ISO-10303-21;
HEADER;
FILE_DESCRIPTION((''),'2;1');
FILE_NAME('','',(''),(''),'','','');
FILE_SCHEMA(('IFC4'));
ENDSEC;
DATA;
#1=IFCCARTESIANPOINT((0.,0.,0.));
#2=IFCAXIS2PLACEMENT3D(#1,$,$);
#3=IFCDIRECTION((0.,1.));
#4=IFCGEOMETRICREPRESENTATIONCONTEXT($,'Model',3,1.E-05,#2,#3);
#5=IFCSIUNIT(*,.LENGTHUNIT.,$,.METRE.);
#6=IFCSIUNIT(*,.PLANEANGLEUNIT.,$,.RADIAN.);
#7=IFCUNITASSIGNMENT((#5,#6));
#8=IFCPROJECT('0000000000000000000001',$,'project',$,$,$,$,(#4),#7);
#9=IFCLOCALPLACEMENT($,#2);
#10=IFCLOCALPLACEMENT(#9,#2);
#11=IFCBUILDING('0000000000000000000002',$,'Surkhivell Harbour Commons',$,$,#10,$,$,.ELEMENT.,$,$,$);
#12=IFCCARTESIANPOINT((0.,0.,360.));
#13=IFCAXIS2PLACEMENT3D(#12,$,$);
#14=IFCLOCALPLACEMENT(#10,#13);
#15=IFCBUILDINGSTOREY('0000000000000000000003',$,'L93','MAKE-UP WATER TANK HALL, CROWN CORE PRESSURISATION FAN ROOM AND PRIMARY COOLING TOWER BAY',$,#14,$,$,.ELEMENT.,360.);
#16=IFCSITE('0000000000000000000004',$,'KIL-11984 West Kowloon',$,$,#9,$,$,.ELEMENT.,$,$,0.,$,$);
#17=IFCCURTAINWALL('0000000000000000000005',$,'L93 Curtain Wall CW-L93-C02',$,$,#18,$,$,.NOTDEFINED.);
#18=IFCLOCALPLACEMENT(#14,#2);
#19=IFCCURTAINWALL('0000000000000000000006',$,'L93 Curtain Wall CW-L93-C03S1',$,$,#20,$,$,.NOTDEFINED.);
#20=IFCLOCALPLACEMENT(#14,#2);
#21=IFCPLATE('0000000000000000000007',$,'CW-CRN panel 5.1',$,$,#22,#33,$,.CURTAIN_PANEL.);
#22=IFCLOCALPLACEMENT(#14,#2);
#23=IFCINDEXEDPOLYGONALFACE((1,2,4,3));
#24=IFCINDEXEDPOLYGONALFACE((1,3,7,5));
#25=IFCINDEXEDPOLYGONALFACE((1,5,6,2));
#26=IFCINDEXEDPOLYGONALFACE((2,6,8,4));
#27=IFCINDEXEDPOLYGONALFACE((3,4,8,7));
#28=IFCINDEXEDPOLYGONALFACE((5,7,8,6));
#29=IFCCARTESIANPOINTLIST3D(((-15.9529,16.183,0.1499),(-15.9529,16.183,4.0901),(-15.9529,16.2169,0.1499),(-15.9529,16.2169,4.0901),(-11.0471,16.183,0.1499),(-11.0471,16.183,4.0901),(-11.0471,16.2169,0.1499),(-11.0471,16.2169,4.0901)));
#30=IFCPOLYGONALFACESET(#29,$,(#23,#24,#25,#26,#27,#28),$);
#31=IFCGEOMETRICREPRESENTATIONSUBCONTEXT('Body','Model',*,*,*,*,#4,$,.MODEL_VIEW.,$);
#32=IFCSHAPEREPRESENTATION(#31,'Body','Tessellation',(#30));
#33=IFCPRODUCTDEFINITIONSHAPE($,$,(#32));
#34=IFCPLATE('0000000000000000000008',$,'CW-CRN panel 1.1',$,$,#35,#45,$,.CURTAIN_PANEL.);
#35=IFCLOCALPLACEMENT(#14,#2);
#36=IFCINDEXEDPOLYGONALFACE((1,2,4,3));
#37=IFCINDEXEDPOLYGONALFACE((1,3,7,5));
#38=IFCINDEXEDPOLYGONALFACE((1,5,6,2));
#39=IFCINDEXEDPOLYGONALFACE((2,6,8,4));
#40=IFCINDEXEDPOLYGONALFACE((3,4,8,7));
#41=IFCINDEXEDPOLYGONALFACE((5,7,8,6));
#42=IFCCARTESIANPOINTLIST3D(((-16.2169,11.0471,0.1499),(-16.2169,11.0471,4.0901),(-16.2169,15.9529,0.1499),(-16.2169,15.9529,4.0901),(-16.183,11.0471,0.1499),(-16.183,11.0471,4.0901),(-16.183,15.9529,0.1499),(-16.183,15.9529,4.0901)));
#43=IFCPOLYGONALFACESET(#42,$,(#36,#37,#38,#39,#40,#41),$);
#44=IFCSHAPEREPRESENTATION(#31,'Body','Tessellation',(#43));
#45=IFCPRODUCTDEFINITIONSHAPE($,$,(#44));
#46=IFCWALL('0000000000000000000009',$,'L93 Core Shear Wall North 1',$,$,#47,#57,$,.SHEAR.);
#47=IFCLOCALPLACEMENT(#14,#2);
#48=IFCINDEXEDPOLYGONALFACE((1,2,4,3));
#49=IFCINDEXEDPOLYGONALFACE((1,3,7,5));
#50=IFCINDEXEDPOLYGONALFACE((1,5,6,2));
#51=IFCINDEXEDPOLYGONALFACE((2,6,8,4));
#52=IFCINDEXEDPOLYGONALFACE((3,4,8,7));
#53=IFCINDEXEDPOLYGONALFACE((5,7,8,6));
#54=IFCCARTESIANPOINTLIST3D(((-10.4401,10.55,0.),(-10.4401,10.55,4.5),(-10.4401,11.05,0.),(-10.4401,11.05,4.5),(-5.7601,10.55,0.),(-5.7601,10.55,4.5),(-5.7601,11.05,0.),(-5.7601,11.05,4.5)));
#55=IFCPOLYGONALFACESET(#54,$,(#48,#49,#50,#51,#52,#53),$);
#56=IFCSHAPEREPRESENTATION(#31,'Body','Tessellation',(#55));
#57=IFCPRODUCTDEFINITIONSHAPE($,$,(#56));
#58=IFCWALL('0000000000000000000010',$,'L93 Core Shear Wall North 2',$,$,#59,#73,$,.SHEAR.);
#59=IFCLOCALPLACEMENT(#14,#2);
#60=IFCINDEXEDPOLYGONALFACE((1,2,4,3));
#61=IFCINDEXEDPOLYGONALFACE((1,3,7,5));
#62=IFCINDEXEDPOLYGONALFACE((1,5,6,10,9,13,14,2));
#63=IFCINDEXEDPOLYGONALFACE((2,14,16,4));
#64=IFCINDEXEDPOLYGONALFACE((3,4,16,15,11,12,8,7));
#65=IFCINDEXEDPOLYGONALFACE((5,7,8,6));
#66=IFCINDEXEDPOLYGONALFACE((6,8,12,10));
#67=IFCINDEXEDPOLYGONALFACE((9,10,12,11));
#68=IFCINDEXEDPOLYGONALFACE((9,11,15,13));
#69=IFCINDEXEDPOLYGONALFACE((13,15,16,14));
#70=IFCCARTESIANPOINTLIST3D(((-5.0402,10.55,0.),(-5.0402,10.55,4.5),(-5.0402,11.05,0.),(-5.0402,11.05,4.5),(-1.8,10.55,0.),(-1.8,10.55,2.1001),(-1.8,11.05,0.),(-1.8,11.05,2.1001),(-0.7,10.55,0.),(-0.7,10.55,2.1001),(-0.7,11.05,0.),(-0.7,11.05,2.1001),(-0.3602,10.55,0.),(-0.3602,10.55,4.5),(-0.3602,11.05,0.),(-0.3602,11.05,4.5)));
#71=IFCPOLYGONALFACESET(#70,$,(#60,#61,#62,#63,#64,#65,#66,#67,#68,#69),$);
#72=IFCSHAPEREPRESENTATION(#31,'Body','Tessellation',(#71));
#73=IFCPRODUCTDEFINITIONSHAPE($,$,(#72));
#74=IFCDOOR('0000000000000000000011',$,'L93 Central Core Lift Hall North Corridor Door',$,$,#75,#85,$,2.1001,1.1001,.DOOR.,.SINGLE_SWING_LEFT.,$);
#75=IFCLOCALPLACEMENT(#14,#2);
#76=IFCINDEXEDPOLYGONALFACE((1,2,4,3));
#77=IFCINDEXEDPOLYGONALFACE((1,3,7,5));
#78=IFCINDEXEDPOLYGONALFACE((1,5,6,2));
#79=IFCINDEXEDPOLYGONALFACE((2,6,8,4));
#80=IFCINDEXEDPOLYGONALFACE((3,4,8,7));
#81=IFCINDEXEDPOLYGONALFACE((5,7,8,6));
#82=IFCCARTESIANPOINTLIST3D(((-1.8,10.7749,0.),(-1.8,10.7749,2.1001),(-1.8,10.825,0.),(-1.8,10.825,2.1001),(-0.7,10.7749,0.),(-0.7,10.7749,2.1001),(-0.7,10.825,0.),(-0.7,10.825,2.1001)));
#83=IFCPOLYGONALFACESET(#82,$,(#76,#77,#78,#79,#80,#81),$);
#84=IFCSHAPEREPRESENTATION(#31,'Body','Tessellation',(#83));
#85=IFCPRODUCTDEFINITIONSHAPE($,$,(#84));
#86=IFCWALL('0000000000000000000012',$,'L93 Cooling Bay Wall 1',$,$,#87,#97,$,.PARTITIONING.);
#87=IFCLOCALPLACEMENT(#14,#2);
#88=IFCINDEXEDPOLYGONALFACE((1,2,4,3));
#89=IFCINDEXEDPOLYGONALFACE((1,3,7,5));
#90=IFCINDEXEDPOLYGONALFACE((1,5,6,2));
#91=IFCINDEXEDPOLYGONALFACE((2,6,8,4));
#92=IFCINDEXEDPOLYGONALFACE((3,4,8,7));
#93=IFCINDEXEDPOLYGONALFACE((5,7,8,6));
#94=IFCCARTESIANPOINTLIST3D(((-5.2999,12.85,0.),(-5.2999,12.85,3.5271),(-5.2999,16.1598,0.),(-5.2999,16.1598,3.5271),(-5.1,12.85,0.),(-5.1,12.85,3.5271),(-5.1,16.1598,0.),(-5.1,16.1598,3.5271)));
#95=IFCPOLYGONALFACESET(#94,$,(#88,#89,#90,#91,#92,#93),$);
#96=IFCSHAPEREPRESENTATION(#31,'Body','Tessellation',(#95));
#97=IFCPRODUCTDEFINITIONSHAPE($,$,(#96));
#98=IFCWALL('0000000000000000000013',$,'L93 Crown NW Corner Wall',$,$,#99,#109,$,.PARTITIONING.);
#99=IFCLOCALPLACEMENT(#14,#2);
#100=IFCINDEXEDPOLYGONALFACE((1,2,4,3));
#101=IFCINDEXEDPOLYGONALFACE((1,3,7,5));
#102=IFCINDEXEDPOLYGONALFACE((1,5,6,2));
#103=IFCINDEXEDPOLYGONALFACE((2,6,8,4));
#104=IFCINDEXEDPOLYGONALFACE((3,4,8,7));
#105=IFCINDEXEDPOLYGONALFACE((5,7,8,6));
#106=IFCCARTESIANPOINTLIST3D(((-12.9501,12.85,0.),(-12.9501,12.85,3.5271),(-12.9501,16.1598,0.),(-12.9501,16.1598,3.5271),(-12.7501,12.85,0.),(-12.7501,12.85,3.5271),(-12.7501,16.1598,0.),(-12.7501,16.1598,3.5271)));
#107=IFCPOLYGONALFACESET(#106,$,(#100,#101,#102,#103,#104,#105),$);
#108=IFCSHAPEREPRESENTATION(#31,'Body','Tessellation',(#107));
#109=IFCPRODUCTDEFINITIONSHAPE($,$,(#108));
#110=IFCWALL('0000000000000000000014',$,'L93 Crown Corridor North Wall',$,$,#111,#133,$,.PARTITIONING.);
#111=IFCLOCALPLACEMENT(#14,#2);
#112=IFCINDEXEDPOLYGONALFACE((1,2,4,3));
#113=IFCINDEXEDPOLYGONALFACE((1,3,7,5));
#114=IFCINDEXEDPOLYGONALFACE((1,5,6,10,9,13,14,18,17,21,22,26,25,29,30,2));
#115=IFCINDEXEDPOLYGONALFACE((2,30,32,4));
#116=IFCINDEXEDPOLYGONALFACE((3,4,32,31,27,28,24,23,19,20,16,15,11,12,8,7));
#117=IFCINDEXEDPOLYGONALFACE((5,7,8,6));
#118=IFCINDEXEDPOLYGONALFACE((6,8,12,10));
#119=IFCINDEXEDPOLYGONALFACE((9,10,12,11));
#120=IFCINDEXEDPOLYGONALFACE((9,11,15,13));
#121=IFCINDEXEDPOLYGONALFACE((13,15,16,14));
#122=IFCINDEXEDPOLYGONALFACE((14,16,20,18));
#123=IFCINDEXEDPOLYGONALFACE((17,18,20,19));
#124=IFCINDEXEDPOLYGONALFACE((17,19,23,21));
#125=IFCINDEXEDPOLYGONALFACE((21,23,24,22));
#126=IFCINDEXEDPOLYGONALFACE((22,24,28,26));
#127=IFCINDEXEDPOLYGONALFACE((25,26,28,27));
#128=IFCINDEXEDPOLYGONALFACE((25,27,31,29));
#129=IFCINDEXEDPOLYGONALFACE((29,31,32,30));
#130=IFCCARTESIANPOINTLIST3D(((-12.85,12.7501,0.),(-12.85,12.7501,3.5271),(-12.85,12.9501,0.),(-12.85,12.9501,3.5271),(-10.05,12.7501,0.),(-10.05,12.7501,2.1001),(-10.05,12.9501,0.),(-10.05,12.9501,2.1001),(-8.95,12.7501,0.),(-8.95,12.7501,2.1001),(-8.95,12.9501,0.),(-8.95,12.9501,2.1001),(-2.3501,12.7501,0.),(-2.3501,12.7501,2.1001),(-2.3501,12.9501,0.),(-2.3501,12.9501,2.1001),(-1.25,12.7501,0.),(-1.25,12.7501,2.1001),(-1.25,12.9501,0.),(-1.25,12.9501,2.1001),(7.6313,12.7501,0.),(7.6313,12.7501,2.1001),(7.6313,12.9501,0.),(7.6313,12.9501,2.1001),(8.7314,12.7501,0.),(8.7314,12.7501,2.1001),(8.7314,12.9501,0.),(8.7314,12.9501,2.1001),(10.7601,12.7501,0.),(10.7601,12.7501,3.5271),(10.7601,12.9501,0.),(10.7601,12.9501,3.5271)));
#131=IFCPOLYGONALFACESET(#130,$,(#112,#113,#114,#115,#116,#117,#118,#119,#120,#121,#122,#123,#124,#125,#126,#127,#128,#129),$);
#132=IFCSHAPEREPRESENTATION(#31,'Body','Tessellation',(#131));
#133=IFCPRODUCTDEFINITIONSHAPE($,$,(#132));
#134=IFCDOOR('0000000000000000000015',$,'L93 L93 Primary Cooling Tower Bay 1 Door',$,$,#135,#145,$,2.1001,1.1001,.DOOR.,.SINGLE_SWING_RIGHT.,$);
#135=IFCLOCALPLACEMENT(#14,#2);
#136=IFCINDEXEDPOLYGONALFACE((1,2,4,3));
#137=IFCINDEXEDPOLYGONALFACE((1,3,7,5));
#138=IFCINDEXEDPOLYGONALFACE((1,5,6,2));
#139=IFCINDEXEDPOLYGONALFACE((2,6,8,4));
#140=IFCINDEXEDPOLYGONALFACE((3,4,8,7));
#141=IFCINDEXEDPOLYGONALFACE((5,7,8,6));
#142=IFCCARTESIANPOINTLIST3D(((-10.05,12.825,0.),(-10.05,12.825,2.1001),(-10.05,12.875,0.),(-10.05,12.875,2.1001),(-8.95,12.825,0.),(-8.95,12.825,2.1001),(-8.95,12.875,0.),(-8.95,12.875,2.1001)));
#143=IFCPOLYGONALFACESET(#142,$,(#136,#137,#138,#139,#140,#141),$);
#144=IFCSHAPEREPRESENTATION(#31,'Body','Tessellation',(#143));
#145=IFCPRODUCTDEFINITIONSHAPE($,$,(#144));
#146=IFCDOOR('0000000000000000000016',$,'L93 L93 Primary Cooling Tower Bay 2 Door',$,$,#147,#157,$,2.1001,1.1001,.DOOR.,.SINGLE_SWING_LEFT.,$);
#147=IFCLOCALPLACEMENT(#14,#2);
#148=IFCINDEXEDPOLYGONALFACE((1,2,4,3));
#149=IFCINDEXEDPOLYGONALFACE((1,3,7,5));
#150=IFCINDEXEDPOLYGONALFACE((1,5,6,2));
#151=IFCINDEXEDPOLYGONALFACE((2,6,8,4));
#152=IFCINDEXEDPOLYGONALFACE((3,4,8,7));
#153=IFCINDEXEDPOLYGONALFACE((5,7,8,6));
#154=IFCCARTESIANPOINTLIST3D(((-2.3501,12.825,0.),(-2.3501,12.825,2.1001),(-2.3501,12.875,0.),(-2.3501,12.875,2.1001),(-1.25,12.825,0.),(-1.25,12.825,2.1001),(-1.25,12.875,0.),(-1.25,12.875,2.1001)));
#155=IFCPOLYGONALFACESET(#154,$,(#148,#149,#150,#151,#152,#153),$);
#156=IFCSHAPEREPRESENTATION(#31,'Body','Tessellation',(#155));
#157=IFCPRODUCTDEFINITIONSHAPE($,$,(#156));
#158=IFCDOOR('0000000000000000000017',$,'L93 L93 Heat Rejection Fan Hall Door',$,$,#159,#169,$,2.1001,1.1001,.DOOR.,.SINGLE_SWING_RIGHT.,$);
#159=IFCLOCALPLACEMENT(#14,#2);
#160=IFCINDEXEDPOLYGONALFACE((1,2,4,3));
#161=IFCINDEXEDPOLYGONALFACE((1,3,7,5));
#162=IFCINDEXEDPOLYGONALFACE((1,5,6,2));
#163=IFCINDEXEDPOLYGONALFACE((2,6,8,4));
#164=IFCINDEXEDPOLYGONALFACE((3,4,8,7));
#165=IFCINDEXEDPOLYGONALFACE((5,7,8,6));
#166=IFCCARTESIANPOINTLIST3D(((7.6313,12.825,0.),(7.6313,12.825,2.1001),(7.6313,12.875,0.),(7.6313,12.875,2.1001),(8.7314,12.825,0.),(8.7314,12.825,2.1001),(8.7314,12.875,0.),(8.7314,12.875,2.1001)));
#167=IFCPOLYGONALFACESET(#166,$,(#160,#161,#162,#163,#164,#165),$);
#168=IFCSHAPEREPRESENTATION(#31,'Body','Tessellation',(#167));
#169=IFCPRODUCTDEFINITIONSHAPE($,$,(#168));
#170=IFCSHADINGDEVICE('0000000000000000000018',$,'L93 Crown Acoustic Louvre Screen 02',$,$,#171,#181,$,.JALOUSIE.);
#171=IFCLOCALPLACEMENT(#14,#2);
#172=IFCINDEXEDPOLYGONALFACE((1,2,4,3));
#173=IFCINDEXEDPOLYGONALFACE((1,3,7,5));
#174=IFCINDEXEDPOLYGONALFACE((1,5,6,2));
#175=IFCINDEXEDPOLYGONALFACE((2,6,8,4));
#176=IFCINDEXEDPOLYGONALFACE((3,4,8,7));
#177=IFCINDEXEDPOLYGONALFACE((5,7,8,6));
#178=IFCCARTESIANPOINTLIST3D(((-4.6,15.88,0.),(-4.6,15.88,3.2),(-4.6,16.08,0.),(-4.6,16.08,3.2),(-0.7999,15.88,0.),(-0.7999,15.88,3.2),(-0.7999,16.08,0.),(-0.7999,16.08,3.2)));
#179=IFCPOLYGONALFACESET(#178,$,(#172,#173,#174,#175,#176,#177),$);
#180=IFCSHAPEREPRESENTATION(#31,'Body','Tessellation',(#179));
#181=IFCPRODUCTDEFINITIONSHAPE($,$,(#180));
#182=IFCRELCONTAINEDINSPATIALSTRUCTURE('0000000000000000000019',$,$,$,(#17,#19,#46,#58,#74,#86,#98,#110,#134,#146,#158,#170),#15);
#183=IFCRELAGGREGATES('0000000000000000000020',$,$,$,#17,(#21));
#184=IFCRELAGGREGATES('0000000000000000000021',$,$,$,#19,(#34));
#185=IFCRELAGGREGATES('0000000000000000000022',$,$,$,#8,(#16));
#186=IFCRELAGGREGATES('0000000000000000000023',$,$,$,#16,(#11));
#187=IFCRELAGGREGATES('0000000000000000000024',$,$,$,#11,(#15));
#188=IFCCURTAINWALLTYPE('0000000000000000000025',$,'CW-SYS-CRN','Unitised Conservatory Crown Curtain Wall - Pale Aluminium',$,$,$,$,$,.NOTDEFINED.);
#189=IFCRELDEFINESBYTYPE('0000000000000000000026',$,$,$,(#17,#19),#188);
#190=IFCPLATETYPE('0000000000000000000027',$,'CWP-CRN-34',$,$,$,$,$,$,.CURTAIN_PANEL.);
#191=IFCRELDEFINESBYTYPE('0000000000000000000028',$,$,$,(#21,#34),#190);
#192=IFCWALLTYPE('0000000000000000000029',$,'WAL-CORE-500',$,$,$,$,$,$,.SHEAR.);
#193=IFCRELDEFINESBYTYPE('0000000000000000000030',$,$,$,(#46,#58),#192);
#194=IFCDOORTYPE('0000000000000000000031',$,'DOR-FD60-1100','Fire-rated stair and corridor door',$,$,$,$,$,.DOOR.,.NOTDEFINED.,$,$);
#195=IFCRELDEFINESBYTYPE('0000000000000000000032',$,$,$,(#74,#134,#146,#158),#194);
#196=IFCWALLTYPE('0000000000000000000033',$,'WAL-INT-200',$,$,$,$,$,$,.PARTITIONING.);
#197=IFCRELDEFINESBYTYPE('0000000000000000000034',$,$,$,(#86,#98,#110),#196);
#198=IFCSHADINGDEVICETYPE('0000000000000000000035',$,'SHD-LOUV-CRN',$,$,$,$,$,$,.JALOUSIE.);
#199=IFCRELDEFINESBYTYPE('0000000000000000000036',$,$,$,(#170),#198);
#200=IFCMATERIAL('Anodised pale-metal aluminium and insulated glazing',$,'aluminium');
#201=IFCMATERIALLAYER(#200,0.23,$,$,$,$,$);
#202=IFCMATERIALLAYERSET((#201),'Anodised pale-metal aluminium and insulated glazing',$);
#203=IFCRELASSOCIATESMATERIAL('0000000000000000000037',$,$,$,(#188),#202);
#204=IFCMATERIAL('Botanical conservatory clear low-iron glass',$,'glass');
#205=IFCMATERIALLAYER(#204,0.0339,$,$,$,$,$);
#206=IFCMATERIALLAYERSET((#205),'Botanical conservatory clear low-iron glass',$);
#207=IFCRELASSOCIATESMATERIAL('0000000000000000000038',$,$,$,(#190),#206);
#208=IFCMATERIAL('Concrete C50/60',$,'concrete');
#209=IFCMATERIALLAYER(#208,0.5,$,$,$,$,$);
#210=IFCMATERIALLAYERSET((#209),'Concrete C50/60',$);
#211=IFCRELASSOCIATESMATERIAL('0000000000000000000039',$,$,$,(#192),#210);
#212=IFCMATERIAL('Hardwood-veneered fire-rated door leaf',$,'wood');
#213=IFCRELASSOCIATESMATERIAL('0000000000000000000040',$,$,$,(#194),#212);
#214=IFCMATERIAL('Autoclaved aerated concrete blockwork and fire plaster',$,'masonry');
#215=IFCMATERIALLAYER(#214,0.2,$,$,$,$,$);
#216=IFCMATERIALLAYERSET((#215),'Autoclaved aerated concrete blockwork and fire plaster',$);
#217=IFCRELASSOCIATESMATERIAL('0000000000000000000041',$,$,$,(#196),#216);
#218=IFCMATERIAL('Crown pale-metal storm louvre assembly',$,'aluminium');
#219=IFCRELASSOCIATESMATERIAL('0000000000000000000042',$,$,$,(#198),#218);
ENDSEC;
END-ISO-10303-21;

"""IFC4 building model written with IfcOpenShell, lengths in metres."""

from ifc_helpers import new_model, si_unit, direction, frame, frame_2d, origin, origin_2d, place, context, subcontext, project, spatial, rectangle, extrude, material, layer, layer_set, type_object, element, fill, aggregate, save


model = new_model("IFC4")

# Units and contexts
model_context = context("Model", 3, precision=1e-05, world=origin(), true_north=direction((0.0, 1.0)))
body_context = subcontext(model_context, "Body", "Model", "MODEL_VIEW")
ifc_project = project(units=[si_unit("LENGTHUNIT", "METRE"), si_unit("PLANEANGLEUNIT", "RADIAN")], contexts=[model_context])

# Site, building, storey
site_placement = place(None, origin())
site = spatial("IfcSite", under=ifc_project, at=site_placement, Name="KIL-11984 West Kowloon", CompositionType="ELEMENT", RefElevation=0.0)
building_placement = place(site_placement, origin())
building = spatial("IfcBuilding", under=site, at=building_placement, Name="Surkhivell Harbour Commons", CompositionType="ELEMENT")
storey_placement = place(building_placement, frame((0.0, 0.0, 360.0)))
storey = spatial("IfcBuildingStorey", under=building, at=storey_placement, Name="L93", Description="MAKE-UP WATER TANK HALL, CROWN CORE PRESSURISATION FAN ROOM AND PRIMARY COOLING TOWER BAY", CompositionType="ELEMENT", Elevation=360.0)

# Shared definitions
ifc_material_1 = material(Name="Concrete C50/60", Category="concrete")

# Curtain wall
ifc_material_2 = material(Name="Anodised pale-metal aluminium and insulated glazing", Category="aluminium")
ifc_layer_1 = layer(ifc_material_2, 0.23)
ifc_layer_set_1 = layer_set([ifc_layer_1], Name="Anodised pale-metal aluminium and insulated glazing")
curtain_wall_type = type_object("IfcCurtainWallType", Name="CW-SYS-CRN", Description="Unitised Conservatory Crown Curtain Wall - Pale Aluminium", PredefinedType="NOTDEFINED", material=ifc_layer_set_1)
curtain_wall_1_placement = place(storey_placement, origin())
curtain_wall_1 = element("IfcCurtainWall", 1, at=curtain_wall_1_placement, inside=storey, type_object=curtain_wall_type, Name="L93 Curtain Wall CW-L93-C02", PredefinedType="NOTDEFINED")

# Curtain wall
curtain_wall_2_placement = place(storey_placement, origin())
curtain_wall_2 = element("IfcCurtainWall", 2, at=curtain_wall_2_placement, inside=storey, type_object=curtain_wall_type, Name="L93 Curtain Wall CW-L93-C03S1", PredefinedType="NOTDEFINED")

# Plates
ifc_material_3 = material(Name="Botanical conservatory clear low-iron glass", Category="glass")
ifc_layer_2 = layer(ifc_material_3, 0.0339)
ifc_layer_set_2 = layer_set([ifc_layer_2], Name="Botanical conservatory clear low-iron glass")
plate_type = type_object("IfcPlateType", Name="CWP-CRN-34", PredefinedType="CURTAIN_PANEL", material=ifc_layer_set_2)
plate_1_placement = place(storey_placement, frame((-11.0471, 16.2, 0.1499), z_axis=(0.0, 0.0, 1.0), x_axis=(-1.0, 0.0, 0.0)))
plate_1 = element("IfcPlate", 3, at=plate_1_placement, type_object=plate_type, Name="CW-CRN panel 5.1", PredefinedType="CURTAIN_PANEL", context=body_context, shape_type="SweptSolid", body=[
    extrude(rectangle(XDim=4.9058, YDim=0.0339, at=frame_2d((2.4529, 0.0))), origin(), (0.0, 0.0, 1.0), 3.9402),
])
aggregate(curtain_wall_1, [plate_1])
plate_2_placement = place(storey_placement, frame((-16.2, 15.9529, 0.1499), z_axis=(0.0, 0.0, 1.0), x_axis=(0.0, -1.0, 0.0)))
plate_2 = element("IfcPlate", 4, at=plate_2_placement, type_object=plate_type, Name="CW-CRN panel 1.1", PredefinedType="CURTAIN_PANEL", context=body_context, shape_type="SweptSolid", body=[
    extrude(rectangle(XDim=4.9058, YDim=0.0339, at=frame_2d((2.4529, 0.0))), origin(), (0.0, 0.0, 1.0), 3.9402),
])
aggregate(curtain_wall_2, [plate_2])

# Wall
ifc_layer_3 = layer(ifc_material_1, 0.5)
ifc_layer_set_3 = layer_set([ifc_layer_3], Name="Concrete C50/60")
wall_type_1 = type_object("IfcWallType", Name="WAL-CORE-500", PredefinedType="SHEAR", material=ifc_layer_set_3)
wall_1_placement = place(storey_placement, frame((-10.4399, 10.8, 0.0), z_axis=(0.0, 0.0, 1.0), x_axis=(1.0, 0.0, 0.0)))
element("IfcWall", 5, at=wall_1_placement, inside=storey, type_object=wall_type_1, Name="L93 Core Shear Wall North 1", PredefinedType="SHEAR", context=body_context, shape_type="SweptSolid", body=[
    extrude(rectangle(XDim=4.6799, YDim=0.5, at=frame_2d((2.3398, 0.0))), origin(), (0.0, 0.0, 1.0), 4.5),
])

# Wall, opening, door
wall_2_placement = place(storey_placement, frame((-5.04, 10.8, 0.0), z_axis=(0.0, 0.0, 1.0), x_axis=(1.0, 0.0, 0.0)))
wall_2 = element("IfcWall", 6, at=wall_2_placement, inside=storey, type_object=wall_type_1, Name="L93 Core Shear Wall North 2", PredefinedType="SHEAR", context=body_context, shape_type="SweptSolid", body=[
    extrude(rectangle(XDim=4.6799, YDim=0.5, at=frame_2d((2.3398, 0.0))), origin(), (0.0, 0.0, 1.0), 4.5),
])
opening_1_placement = place(wall_2_placement, frame((3.24, 0.0, 0.0)))
opening_1 = element("IfcOpeningElement", 7, at=opening_1_placement, cuts=wall_2, PredefinedType="OPENING", context=body_context, shape_type="SweptSolid", body=[
    extrude(rectangle(XDim=1.1001, YDim=2.1001, at=frame_2d((0.55, 1.05))), frame((0.0, 0.26, 0.0), z_axis=(0.0, -1.0, 0.0), x_axis=(1.0, 0.0, 0.0)), (0.0, 0.0, 1.0), 0.52),
])
ifc_material_4 = material(Name="Hardwood-veneered fire-rated door leaf", Category="wood")
door_type = type_object("IfcDoorType", Name="DOR-FD60-1100", Description="Fire-rated stair and corridor door", OperationType="NOTDEFINED", PredefinedType="DOOR", material=ifc_material_4)
door_1_placement = place(opening_1_placement, origin())
door_1 = element("IfcDoor", 8, at=door_1_placement, inside=storey, type_object=door_type, Name="L93 Central Core Lift Hall North Corridor Door", OperationType="SINGLE_SWING_LEFT", OverallHeight=2.1001, OverallWidth=1.1001, PredefinedType="DOOR", context=body_context, shape_type="SweptSolid", body=[
    extrude(rectangle(XDim=1.1001, YDim=2.1001, at=frame_2d((0.55, 1.05))), frame((0.0, 0.0249, 0.0), z_axis=(0.0, -1.0, 0.0), x_axis=(1.0, 0.0, 0.0)), (0.0, 0.0, 1.0), 0.05),
])
fill(opening_1, door_1)

# Walls
ifc_material_5 = material(Name="Autoclaved aerated concrete blockwork and fire plaster", Category="masonry")
ifc_layer_4 = layer(ifc_material_5, 0.2)
ifc_layer_set_4 = layer_set([ifc_layer_4], Name="Autoclaved aerated concrete blockwork and fire plaster")
wall_type_2 = type_object("IfcWallType", Name="WAL-INT-200", PredefinedType="PARTITIONING", material=ifc_layer_set_4)
for number, where, z_axis, x_axis, name in (
    (9, (-5.2, 12.8501, 0.0), (0.0, 0.0, 1.0), (0.0, 1.0, 0.0), "L93 Cooling Bay Wall 1"),
    (10, (-12.8501, 12.8501, 0.0), (0.0, 0.0, 1.0), (0.0, 1.0, 0.0), "L93 Crown NW Corner Wall"),
):
    element("IfcWall", number, at=place(storey_placement, frame(where, z_axis=z_axis, x_axis=x_axis)), inside=storey, type_object=wall_type_2, Name=name, PredefinedType="PARTITIONING", context=body_context, shape_type="SweptSolid", body=[
        extrude(rectangle(XDim=3.3098, YDim=0.2, at=frame_2d((1.6548, 0.0))), origin(), (0.0, 0.0, 1.0), 3.5271),
    ])

# Wall, openings, doors
wall_3_placement = place(storey_placement, frame((-12.8501, 12.8501, 0.0), z_axis=(0.0, 0.0, 1.0), x_axis=(1.0, 0.0, 0.0)))
wall_3 = element("IfcWall", 11, at=wall_3_placement, inside=storey, type_object=wall_type_2, Name="L93 Crown Corridor North Wall", PredefinedType="PARTITIONING", context=body_context, shape_type="SweptSolid", body=[
    extrude(rectangle(XDim=23.6101, YDim=0.2, at=frame_2d((11.8052, 0.0))), origin(), (0.0, 0.0, 1.0), 3.5271),
])
opening_2_placement = place(wall_3_placement, frame((2.8, 0.0, 0.0)))
opening_2 = element("IfcOpeningElement", 12, at=opening_2_placement, cuts=wall_3, PredefinedType="OPENING", context=body_context, shape_type="SweptSolid", body=[
    extrude(rectangle(XDim=1.1001, YDim=2.1001, at=frame_2d((0.55, 1.05))), frame((0.0, 0.1099, 0.0), z_axis=(0.0, -1.0, 0.0), x_axis=(1.0, 0.0, 0.0)), (0.0, 0.0, 1.0), 0.22),
])
opening_3_placement = place(wall_3_placement, frame((10.5, 0.0, 0.0)))
opening_3 = element("IfcOpeningElement", 13, at=opening_3_placement, cuts=wall_3, PredefinedType="OPENING", context=body_context, shape_type="SweptSolid", body=[
    extrude(rectangle(XDim=1.1001, YDim=2.1001, at=frame_2d((0.55, 1.05))), frame((0.0, 0.1099, 0.0), z_axis=(0.0, -1.0, 0.0), x_axis=(1.0, 0.0, 0.0)), (0.0, 0.0, 1.0), 0.22),
])
opening_4_placement = place(wall_3_placement, frame((20.4814, 0.0, 0.0)))
opening_4 = element("IfcOpeningElement", 14, at=opening_4_placement, cuts=wall_3, PredefinedType="OPENING", context=body_context, shape_type="SweptSolid", body=[
    extrude(rectangle(XDim=1.1001, YDim=2.1001, at=frame_2d((0.55, 1.05))), frame((0.0, 0.1099, 0.0), z_axis=(0.0, -1.0, 0.0), x_axis=(1.0, 0.0, 0.0)), (0.0, 0.0, 1.0), 0.22),
])
door_2_placement = place(opening_2_placement, origin())
door_2 = element("IfcDoor", 15, at=door_2_placement, inside=storey, type_object=door_type, Name="L93 L93 Primary Cooling Tower Bay 1 Door", OperationType="SINGLE_SWING_RIGHT", OverallHeight=2.1001, OverallWidth=1.1001, PredefinedType="DOOR", context=body_context, shape_type="SweptSolid", body=[
    extrude(rectangle(XDim=1.1001, YDim=2.1001, at=frame_2d((0.55, 1.05))), frame((0.0, 0.0249, 0.0), z_axis=(0.0, -1.0, 0.0), x_axis=(1.0, 0.0, 0.0)), (0.0, 0.0, 1.0), 0.05),
])
fill(opening_2, door_2)
door_3_placement = place(opening_3_placement, origin())
door_3 = element("IfcDoor", 16, at=door_3_placement, inside=storey, type_object=door_type, Name="L93 L93 Primary Cooling Tower Bay 2 Door", OperationType="SINGLE_SWING_LEFT", OverallHeight=2.1001, OverallWidth=1.1001, PredefinedType="DOOR", context=body_context, shape_type="SweptSolid", body=[
    extrude(rectangle(XDim=1.1001, YDim=2.1001, at=frame_2d((0.55, 1.05))), frame((0.0, 0.0249, 0.0), z_axis=(0.0, -1.0, 0.0), x_axis=(1.0, 0.0, 0.0)), (0.0, 0.0, 1.0), 0.05),
])
fill(opening_3, door_3)
door_4_placement = place(opening_4_placement, origin())
door_4 = element("IfcDoor", 17, at=door_4_placement, inside=storey, type_object=door_type, Name="L93 L93 Heat Rejection Fan Hall Door", OperationType="SINGLE_SWING_RIGHT", OverallHeight=2.1001, OverallWidth=1.1001, PredefinedType="DOOR", context=body_context, shape_type="SweptSolid", body=[
    extrude(rectangle(XDim=1.1001, YDim=2.1001, at=frame_2d((0.55, 1.05))), frame((0.0, 0.0249, 0.0), z_axis=(0.0, -1.0, 0.0), x_axis=(1.0, 0.0, 0.0)), (0.0, 0.0, 1.0), 0.05),
])
fill(opening_4, door_4)

# Shading device
ifc_material_6 = material(Name="Crown pale-metal storm louvre assembly", Category="aluminium")
shading_device_type = type_object("IfcShadingDeviceType", Name="SHD-LOUV-CRN", PredefinedType="JALOUSIE", material=ifc_material_6)
shading_device_placement = place(storey_placement, frame((-2.7, 15.98, 0.0), z_axis=(0.0, 0.0, 1.0), x_axis=(1.0, 0.0, 0.0)))
element("IfcShadingDevice", 18, at=shading_device_placement, inside=storey, type_object=shading_device_type, Name="L93 Crown Acoustic Louvre Screen 02", PredefinedType="JALOUSIE", context=body_context, shape_type="SweptSolid", body=[
    extrude(rectangle(XDim=3.8, YDim=0.2, at=origin_2d()), origin(), (0.0, 0.0, 1.0), 3.2),
])

save(model, "model.ifc")
